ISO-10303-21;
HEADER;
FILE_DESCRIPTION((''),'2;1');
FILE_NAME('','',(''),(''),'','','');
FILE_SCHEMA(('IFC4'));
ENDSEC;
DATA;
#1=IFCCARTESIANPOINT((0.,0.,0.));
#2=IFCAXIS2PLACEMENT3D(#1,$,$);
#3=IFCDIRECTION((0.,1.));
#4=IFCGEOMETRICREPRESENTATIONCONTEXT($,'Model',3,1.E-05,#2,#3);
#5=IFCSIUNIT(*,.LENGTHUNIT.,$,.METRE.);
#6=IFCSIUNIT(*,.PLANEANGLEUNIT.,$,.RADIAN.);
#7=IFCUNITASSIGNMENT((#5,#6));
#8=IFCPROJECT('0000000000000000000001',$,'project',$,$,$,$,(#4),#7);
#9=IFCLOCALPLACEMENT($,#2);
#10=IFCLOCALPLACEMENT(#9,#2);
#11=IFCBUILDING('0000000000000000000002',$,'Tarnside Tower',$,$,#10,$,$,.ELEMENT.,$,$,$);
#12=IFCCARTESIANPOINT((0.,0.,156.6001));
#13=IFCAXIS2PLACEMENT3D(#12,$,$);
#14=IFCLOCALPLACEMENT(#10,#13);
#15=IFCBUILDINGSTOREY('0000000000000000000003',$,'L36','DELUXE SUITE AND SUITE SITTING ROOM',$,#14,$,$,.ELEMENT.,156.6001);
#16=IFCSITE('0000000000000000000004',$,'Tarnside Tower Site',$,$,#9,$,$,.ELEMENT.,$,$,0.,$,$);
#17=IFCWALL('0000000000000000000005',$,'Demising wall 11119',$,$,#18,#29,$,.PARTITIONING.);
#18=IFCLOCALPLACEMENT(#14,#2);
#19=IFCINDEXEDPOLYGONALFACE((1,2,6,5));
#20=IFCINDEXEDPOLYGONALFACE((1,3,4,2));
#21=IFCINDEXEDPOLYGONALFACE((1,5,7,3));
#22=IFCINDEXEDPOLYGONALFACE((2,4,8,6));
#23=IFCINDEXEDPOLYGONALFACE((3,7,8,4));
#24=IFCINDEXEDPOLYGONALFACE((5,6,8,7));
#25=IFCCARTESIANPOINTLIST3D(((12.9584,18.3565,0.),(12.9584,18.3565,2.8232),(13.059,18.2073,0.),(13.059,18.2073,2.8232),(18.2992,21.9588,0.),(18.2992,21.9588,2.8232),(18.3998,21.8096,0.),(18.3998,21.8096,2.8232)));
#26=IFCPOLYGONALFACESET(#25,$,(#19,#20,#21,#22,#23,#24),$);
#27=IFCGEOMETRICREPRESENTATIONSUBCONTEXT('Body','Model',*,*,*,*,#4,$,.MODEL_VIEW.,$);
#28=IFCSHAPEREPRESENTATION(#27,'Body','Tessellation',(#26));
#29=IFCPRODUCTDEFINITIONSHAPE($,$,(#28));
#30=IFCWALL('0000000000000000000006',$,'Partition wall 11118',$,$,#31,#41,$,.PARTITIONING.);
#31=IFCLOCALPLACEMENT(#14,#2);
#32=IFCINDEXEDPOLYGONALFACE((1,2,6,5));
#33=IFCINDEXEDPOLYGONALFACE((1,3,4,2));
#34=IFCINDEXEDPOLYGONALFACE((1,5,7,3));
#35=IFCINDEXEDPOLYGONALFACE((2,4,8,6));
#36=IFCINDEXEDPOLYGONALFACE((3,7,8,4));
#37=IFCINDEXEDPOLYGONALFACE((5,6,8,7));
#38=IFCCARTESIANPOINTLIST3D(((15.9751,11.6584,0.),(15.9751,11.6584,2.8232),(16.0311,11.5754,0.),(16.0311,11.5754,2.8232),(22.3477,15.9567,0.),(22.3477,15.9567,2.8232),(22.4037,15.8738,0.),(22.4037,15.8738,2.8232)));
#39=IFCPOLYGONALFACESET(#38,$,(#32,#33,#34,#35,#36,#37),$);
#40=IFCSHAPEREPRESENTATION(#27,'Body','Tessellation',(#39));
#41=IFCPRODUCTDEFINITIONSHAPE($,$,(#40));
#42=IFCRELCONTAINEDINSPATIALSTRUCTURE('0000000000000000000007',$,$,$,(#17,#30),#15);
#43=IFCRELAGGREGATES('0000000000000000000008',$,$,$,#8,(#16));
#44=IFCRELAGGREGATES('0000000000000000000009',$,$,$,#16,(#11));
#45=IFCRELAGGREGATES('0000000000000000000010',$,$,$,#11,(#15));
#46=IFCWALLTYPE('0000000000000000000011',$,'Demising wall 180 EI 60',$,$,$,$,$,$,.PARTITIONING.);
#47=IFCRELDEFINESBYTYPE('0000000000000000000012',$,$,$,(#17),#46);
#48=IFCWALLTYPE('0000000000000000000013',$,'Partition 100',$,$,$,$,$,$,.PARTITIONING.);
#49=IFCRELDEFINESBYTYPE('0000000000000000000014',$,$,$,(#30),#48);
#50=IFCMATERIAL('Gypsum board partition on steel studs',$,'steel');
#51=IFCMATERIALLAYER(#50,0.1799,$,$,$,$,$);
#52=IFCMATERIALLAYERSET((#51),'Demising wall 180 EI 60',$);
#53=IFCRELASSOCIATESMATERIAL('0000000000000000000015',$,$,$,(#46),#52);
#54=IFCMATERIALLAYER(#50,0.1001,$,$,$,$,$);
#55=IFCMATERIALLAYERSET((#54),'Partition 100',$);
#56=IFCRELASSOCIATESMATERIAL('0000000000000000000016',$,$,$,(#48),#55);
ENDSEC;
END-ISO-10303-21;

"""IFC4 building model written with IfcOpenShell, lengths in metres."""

from ifc_helpers import new_model, si_unit, direction, frame, frame_2d, origin, place, context, subcontext, project, spatial, rectangle, extrude, material, layer, layer_set, type_object, element, save


model = new_model("IFC4")

# Units and contexts
model_context = context("Model", 3, precision=1e-05, world=origin(), true_north=direction((0.0, 1.0)))
body_context = subcontext(model_context, "Body", "Model", "MODEL_VIEW")
ifc_project = project(units=[si_unit("LENGTHUNIT", "METRE"), si_unit("PLANEANGLEUNIT", "RADIAN")], contexts=[model_context])

# Site, building, storey
site_placement = place(None, origin())
site = spatial("IfcSite", under=ifc_project, at=site_placement, Name="Tarnside Tower Site", CompositionType="ELEMENT", RefElevation=0.0)
building_placement = place(site_placement, origin())
building = spatial("IfcBuilding", under=site, at=building_placement, Name="Tarnside Tower", CompositionType="ELEMENT")
storey_placement = place(building_placement, frame((0.0, 0.0, 156.6001)))
storey = spatial("IfcBuildingStorey", under=building, at=storey_placement, Name="L36", Description="DELUXE SUITE AND SUITE SITTING ROOM", CompositionType="ELEMENT", Elevation=156.6001)

# Shared definitions
ifc_material_1 = material(Name="Gypsum board partition on steel studs", Category="steel")

# Walls
ifc_layer_1 = layer(ifc_material_1, 0.1799)
ifc_layer_set_1 = layer_set([ifc_layer_1], Name="Demising wall 180 EI 60")
wall_type_1 = type_object("IfcWallType", Name="Demising wall 180 EI 60", PredefinedType="PARTITIONING", material=ifc_layer_set_1)
wall_1_placement = place(storey_placement, frame((18.3496, 21.8843, 0.0), z_axis=(0.0, 0.0, 1.0), x_axis=(-0.829047, -0.559179, 0.0)))
element("IfcWall", 1, at=wall_1_placement, inside=storey, type_object=wall_type_1, Name="Demising wall 11119", PredefinedType="PARTITIONING", context=body_context, shape_type="SweptSolid", body=[
    extrude(rectangle(XDim=6.4421, YDim=0.1799, at=frame_2d((3.2212, 0.0))), origin(), (0.0, 0.0, 1.0), 2.8232),
])
ifc_layer_2 = layer(ifc_material_1, 0.1001)
ifc_layer_set_2 = layer_set([ifc_layer_2], Name="Partition 100")
wall_type_2 = type_object("IfcWallType", Name="Partition 100", PredefinedType="PARTITIONING", material=ifc_layer_set_2)
wall_2_placement = place(storey_placement, frame((16.0032, 11.6169, 0.0), z_axis=(0.0, 0.0, 1.0), x_axis=(0.829038, 0.559192, 0.0)))
element("IfcWall", 2, at=wall_2_placement, inside=storey, type_object=wall_type_2, Name="Partition wall 11118", PredefinedType="PARTITIONING", context=body_context, shape_type="SweptSolid", body=[
    extrude(rectangle(XDim=7.6868, YDim=0.1001, at=frame_2d((3.8433, 0.0))), origin(), (0.0, 0.0, 1.0), 2.8232),
])

save(model, "model.ifc")
